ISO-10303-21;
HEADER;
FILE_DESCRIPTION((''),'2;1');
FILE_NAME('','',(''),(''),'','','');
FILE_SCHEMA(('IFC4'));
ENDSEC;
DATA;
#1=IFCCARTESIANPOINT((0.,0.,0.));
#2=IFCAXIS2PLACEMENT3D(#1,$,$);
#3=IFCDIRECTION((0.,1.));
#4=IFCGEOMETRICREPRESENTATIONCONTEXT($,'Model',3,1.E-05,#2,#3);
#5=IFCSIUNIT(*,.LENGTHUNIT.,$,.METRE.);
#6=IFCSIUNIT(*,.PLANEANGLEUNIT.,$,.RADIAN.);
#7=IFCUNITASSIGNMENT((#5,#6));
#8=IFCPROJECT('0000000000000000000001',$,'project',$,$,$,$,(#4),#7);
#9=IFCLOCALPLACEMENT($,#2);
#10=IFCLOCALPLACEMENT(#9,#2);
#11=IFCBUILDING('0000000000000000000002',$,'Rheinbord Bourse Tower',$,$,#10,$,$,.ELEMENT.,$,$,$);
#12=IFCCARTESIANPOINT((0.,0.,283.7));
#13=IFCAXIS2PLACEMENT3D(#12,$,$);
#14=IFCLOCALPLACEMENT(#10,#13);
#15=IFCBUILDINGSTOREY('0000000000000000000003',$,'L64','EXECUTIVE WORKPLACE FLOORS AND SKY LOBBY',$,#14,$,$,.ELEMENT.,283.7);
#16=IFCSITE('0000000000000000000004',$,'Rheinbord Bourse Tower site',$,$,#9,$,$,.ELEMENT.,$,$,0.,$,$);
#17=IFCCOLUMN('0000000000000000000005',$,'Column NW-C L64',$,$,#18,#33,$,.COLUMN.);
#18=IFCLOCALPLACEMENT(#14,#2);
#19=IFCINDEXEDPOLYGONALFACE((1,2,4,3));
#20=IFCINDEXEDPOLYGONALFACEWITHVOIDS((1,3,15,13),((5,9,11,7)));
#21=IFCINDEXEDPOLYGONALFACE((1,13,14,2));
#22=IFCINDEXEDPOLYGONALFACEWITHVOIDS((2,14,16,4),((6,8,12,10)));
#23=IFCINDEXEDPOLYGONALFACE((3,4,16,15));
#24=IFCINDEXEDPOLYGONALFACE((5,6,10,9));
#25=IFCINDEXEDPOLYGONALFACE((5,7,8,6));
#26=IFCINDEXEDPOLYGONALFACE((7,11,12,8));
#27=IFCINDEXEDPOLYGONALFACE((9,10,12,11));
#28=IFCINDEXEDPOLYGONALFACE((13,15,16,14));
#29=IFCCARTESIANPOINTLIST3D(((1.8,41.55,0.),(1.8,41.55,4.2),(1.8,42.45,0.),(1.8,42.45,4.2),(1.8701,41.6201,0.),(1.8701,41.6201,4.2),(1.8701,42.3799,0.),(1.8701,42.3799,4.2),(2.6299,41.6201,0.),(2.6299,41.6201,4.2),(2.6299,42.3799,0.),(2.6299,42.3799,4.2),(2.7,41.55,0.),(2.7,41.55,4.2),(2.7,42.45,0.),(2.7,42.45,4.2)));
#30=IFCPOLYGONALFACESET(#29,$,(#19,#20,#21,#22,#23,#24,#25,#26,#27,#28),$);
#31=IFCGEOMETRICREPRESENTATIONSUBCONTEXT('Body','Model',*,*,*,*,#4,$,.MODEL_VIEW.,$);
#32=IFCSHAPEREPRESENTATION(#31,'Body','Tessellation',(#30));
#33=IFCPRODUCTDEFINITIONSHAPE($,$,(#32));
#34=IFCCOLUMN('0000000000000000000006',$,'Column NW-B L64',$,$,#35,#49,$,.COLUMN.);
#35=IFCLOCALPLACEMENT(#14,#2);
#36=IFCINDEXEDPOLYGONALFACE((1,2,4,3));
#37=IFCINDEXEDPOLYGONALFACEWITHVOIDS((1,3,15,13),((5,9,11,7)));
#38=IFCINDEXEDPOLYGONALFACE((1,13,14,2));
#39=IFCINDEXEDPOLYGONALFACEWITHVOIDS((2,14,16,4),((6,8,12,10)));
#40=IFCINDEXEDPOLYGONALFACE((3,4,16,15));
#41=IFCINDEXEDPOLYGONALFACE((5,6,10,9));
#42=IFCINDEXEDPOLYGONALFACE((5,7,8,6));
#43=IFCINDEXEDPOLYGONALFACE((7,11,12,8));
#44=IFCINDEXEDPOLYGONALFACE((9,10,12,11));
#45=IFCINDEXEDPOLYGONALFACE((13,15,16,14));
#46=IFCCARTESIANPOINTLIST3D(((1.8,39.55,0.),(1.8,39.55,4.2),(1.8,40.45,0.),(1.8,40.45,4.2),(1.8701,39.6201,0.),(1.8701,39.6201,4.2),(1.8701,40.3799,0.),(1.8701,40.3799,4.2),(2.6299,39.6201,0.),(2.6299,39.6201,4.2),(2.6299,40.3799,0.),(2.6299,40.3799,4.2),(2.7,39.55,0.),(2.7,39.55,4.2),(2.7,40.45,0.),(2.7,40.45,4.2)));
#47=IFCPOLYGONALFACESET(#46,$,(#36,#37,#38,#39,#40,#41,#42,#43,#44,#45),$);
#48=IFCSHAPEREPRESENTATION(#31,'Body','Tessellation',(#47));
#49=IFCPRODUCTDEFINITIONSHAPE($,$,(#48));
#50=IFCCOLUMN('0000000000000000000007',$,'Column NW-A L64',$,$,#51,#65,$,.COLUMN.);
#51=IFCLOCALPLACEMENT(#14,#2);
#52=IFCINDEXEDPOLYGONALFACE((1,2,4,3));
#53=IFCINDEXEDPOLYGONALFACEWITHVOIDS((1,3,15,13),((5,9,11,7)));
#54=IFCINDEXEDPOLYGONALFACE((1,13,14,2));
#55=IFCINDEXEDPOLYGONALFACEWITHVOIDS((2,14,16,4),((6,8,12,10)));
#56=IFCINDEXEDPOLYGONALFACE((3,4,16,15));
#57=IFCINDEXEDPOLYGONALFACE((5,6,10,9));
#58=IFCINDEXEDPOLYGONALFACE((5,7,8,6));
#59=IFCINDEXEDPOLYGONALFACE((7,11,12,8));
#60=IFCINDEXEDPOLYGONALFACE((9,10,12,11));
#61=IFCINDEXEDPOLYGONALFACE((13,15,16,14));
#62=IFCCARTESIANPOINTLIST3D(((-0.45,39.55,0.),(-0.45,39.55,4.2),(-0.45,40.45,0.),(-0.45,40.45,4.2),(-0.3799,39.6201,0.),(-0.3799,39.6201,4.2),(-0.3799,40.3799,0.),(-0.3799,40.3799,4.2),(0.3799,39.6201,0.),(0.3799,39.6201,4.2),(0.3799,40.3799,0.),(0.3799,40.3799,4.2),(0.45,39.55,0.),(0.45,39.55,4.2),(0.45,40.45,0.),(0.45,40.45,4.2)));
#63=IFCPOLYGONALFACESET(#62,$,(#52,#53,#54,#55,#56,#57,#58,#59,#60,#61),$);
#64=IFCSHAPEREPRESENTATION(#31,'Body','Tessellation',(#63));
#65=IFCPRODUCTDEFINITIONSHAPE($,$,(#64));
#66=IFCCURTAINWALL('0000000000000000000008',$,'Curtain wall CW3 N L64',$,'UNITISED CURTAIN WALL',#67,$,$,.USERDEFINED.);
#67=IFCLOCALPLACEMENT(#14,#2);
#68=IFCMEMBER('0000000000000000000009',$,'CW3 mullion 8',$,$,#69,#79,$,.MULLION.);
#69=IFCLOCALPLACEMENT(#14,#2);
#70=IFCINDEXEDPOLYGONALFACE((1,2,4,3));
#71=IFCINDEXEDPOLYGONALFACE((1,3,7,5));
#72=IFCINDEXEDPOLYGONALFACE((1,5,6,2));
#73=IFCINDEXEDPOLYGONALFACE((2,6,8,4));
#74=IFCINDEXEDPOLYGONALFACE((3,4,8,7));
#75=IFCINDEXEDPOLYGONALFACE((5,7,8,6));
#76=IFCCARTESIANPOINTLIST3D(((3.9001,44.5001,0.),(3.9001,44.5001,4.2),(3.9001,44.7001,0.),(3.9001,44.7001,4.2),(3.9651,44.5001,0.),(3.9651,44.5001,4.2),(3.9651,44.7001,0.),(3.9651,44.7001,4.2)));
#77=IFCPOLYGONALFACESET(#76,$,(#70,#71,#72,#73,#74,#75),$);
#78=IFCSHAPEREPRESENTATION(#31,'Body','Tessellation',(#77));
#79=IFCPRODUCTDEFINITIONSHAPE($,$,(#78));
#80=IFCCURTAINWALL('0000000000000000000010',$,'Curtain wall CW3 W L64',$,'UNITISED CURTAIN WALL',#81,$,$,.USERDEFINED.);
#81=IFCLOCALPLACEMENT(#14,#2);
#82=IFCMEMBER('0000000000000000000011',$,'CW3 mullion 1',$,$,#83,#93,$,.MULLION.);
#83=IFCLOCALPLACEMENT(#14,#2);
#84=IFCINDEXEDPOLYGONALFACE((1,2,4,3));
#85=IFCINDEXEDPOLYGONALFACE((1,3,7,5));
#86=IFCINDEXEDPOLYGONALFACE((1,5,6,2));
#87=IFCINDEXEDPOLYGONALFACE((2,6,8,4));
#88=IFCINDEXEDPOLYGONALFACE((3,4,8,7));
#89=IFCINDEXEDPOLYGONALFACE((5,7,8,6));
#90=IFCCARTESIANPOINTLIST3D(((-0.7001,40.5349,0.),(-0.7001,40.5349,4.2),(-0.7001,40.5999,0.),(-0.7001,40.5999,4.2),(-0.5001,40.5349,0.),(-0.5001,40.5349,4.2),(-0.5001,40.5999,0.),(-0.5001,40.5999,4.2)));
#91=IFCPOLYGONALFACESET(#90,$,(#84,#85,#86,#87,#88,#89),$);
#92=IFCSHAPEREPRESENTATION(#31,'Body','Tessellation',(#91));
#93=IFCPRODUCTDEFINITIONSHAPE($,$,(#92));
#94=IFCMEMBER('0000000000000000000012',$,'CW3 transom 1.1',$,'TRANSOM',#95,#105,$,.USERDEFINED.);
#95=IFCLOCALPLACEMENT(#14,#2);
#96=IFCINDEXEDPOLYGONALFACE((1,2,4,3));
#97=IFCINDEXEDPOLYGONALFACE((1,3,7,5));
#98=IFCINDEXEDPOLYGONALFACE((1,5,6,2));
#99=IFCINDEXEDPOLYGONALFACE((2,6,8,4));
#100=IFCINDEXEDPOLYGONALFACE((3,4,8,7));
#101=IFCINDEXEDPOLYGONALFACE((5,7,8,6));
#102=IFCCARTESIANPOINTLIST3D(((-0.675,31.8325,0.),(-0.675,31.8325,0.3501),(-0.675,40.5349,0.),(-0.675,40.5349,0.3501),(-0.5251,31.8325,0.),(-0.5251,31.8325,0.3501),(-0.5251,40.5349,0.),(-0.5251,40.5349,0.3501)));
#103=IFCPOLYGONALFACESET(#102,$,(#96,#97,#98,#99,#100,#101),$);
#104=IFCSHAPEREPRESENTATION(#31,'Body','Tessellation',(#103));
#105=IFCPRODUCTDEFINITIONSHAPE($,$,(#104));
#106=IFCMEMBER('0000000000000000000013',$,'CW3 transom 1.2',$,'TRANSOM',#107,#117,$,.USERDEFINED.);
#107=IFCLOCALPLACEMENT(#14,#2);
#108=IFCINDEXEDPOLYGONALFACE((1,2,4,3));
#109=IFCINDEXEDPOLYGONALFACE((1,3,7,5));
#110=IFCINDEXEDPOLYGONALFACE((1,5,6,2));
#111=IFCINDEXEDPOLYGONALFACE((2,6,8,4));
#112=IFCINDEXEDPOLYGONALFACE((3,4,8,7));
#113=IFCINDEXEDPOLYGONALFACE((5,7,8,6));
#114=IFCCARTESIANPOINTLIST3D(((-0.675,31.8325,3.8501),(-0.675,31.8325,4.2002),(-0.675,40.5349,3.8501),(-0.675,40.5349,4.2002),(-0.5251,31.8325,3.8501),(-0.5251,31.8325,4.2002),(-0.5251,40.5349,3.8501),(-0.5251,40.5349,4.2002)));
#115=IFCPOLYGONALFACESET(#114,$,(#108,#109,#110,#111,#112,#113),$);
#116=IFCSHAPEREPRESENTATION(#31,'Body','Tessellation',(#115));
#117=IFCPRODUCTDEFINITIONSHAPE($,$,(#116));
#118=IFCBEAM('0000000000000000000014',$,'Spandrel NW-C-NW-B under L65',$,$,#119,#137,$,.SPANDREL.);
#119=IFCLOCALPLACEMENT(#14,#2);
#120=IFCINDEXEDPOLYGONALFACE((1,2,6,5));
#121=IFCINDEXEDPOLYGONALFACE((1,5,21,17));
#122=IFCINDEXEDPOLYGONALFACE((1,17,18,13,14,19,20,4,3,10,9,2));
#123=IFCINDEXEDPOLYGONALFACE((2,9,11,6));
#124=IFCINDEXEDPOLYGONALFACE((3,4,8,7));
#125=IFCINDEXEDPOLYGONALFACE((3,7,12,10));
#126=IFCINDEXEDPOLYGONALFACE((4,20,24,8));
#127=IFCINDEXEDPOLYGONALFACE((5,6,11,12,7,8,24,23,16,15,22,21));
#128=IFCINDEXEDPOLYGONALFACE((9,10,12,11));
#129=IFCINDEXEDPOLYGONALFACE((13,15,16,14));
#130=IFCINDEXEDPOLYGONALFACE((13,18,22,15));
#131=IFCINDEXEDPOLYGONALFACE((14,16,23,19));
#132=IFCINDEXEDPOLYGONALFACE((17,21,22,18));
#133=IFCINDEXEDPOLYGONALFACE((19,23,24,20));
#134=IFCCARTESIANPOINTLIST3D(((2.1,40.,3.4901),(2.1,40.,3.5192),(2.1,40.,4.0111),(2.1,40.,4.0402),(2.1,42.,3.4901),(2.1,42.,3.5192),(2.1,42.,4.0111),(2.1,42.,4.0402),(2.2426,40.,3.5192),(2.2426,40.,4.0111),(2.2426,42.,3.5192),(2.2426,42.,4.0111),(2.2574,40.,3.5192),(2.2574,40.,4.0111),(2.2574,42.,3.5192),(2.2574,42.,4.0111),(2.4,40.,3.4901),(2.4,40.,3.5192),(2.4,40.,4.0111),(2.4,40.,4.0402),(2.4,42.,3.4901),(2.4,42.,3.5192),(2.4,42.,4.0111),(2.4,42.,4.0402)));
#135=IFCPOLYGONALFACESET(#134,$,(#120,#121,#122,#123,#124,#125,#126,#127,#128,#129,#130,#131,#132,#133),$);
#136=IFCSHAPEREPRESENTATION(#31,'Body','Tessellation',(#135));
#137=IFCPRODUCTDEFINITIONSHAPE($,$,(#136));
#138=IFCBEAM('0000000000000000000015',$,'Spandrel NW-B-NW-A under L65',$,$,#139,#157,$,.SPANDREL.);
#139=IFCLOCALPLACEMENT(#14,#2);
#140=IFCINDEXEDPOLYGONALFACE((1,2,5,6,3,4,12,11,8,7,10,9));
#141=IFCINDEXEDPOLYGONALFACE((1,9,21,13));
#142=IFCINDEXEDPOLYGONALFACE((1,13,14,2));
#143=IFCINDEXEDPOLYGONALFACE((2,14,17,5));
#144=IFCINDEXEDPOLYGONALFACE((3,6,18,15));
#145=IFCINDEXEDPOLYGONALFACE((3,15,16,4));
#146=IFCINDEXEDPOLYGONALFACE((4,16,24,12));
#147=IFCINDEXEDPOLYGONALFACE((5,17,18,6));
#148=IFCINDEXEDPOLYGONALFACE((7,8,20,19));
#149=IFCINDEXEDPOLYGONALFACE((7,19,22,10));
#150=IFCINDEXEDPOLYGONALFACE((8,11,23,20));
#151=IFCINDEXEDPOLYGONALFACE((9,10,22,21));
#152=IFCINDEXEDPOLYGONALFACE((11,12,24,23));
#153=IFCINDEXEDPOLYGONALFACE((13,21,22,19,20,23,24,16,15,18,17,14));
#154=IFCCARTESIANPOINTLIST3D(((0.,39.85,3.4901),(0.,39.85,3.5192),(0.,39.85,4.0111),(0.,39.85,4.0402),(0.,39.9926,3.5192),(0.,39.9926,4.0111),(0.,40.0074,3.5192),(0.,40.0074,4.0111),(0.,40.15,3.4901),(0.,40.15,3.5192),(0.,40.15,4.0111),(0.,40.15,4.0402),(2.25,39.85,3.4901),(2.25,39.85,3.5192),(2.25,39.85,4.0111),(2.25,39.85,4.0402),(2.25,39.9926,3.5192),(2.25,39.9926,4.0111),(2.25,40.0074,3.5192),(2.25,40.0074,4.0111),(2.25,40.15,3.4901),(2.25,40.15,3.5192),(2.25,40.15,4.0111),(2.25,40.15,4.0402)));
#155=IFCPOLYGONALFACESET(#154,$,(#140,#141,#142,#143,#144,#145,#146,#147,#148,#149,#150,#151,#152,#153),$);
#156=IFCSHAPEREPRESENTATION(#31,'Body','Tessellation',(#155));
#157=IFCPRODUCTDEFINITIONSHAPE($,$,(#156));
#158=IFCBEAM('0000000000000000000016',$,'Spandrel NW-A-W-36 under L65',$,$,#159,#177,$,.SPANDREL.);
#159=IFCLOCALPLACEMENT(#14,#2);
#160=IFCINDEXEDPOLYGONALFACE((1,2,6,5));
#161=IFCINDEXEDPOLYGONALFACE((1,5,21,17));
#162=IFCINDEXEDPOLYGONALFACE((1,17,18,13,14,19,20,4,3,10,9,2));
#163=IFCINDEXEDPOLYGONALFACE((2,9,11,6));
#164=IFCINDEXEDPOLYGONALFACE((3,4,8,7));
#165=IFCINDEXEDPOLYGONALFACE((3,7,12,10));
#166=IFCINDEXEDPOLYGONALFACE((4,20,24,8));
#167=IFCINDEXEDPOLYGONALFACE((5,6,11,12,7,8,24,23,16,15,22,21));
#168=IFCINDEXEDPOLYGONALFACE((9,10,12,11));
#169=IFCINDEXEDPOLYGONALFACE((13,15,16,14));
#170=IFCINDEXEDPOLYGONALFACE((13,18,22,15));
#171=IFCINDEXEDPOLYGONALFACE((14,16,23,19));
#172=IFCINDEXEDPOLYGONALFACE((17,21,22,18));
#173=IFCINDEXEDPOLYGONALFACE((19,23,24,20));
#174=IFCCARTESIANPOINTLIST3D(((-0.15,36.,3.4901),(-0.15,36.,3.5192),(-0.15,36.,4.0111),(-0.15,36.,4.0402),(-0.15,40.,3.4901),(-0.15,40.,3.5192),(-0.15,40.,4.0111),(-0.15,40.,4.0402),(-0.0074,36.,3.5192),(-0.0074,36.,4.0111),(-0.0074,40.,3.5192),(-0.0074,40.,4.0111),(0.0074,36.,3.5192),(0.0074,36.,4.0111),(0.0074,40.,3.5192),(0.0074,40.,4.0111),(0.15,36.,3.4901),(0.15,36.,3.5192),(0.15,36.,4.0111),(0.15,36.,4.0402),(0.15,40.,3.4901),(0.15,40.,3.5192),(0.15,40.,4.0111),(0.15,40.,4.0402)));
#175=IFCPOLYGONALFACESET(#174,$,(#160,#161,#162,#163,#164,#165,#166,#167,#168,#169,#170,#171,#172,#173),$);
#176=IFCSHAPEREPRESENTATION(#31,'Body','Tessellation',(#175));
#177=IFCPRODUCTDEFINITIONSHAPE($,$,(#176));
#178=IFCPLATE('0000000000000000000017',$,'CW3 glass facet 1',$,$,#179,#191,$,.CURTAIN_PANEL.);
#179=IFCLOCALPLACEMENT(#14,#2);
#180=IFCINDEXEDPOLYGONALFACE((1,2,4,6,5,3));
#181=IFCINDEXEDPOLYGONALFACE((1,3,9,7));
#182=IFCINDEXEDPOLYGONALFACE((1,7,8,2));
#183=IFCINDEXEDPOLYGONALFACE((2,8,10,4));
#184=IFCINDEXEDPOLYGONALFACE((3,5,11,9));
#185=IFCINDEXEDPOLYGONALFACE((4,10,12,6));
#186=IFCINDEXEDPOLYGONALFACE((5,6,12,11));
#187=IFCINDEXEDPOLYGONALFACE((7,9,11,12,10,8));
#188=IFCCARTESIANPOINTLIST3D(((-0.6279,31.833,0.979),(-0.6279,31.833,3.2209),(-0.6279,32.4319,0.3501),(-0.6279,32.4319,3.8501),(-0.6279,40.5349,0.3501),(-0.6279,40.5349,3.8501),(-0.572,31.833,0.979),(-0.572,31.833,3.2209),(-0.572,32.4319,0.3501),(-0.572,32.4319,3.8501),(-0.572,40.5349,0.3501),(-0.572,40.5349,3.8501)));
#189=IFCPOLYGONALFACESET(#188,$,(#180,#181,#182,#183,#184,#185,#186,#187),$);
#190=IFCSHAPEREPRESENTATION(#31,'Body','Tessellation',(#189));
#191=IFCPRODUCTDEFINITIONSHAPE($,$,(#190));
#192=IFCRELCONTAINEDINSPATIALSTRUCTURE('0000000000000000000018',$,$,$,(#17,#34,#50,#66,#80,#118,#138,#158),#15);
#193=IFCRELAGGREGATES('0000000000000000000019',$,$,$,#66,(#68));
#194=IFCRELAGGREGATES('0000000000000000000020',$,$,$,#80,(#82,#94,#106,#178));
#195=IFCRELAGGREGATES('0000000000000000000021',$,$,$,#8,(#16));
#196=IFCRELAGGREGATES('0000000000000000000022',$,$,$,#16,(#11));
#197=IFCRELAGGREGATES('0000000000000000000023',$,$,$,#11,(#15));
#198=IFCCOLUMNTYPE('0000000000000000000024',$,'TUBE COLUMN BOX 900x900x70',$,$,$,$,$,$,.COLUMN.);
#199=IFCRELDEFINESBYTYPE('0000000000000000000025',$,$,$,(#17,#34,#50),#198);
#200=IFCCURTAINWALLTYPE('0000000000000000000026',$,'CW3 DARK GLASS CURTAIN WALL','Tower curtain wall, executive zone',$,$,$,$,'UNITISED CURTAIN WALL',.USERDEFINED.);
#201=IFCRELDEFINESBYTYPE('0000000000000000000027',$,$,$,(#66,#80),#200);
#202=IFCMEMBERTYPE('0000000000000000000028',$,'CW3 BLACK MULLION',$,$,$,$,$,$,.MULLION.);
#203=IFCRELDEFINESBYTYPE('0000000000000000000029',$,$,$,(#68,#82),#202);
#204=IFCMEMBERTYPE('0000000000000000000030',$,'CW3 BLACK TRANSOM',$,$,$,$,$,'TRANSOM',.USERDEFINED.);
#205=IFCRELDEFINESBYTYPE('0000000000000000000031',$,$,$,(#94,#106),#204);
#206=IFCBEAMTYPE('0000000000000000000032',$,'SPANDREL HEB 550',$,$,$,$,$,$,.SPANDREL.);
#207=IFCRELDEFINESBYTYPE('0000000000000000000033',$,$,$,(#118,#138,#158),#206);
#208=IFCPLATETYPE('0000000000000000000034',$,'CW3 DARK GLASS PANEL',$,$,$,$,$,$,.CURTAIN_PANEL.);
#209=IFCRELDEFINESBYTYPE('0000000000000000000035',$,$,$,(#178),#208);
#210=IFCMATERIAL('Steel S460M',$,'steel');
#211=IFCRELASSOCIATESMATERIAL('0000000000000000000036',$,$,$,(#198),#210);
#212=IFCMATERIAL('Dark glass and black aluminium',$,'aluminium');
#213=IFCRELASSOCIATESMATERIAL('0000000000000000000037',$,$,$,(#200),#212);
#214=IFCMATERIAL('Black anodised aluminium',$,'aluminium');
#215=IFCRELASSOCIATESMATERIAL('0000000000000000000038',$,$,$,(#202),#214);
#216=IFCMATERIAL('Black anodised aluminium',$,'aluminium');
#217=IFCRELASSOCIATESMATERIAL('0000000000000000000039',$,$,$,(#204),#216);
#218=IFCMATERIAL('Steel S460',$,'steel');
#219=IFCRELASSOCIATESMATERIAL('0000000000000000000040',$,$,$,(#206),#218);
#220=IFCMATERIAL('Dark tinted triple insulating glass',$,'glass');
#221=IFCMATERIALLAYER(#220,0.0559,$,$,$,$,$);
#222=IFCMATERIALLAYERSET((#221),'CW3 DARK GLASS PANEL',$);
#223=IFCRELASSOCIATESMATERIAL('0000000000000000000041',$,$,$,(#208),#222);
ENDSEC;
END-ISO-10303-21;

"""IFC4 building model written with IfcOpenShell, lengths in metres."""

from ifc_helpers import new_model, si_unit, direction, frame, origin, origin_2d, place, context, subcontext, project, spatial, polyline, rectangle, hollow_rectangle, i_section, outline, extrude, material, layer, layer_set, material_profile, profile_set, type_object, element, aggregate, save


model = new_model("IFC4")

# Units and contexts
model_context = context("Model", 3, precision=1e-05, world=origin(), true_north=direction((0.0, 1.0)))
body_context = subcontext(model_context, "Body", "Model", "MODEL_VIEW")
ifc_project = project(units=[si_unit("LENGTHUNIT", "METRE"), si_unit("PLANEANGLEUNIT", "RADIAN")], contexts=[model_context])

# Site, building, storey
site_placement = place(None, origin())
site = spatial("IfcSite", under=ifc_project, at=site_placement, Name="Rheinbord Bourse Tower site", CompositionType="ELEMENT", RefElevation=0.0)
building_placement = place(site_placement, origin())
building = spatial("IfcBuilding", under=site, at=building_placement, Name="Rheinbord Bourse Tower", CompositionType="ELEMENT")
storey_placement = place(building_placement, frame((0.0, 0.0, 283.7)))
storey = spatial("IfcBuildingStorey", under=building, at=storey_placement, Name="L64", Description="EXECUTIVE WORKPLACE FLOORS AND SKY LOBBY", CompositionType="ELEMENT", Elevation=283.7)

# Columns
ifc_material_1 = material(Name="Steel S460M", Category="steel")
ifc_material_profile_1 = material_profile(ifc_material_1, hollow_rectangle(XDim=0.8999, YDim=0.8999, WallThickness=0.0701, at=origin_2d()), Name="BOX 900x900x70")
ifc_profile_set_1 = profile_set([ifc_material_profile_1], Name="Steel S460M")
column_type = type_object("IfcColumnType", Name="TUBE COLUMN BOX 900x900x70", PredefinedType="COLUMN", material=ifc_profile_set_1)
for number, where, z_axis, x_axis, name in (
    (1, (2.25, 42.0, 0.0), (0.0, 0.0, 1.0), (1.0, 0.0, 0.0), "Column NW-C L64"),
    (2, (2.25, 40.0, 0.0), (0.0, 0.0, 1.0), (1.0, 0.0, 0.0), "Column NW-B L64"),
    (3, (0.0, 40.0, 0.0), (0.0, 0.0, 1.0), (1.0, 0.0, 0.0), "Column NW-A L64"),
):
    element("IfcColumn", number, at=place(storey_placement, frame(where, z_axis=z_axis, x_axis=x_axis)), inside=storey, type_object=column_type, Name=name, PredefinedType="COLUMN", context=body_context, shape_type="SweptSolid", body=[
        extrude(hollow_rectangle(XDim=0.8999, YDim=0.8999, WallThickness=0.0701, at=origin_2d()), origin(), (0.0, 0.0, 1.0), 4.2),
    ])

# Curtain wall, member
ifc_material_2 = material(Name="Dark glass and black aluminium", Category="aluminium")
curtain_wall_type = type_object("IfcCurtainWallType", Name="CW3 DARK GLASS CURTAIN WALL", Description="Tower curtain wall, executive zone", ElementType="UNITISED CURTAIN WALL", PredefinedType="USERDEFINED", material=ifc_material_2)
curtain_wall_1_placement = place(storey_placement, origin())
curtain_wall_1 = element("IfcCurtainWall", 4, at=curtain_wall_1_placement, inside=storey, type_object=curtain_wall_type, Name="Curtain wall CW3 N L64", ObjectType="UNITISED CURTAIN WALL", PredefinedType="USERDEFINED")
ifc_material_3 = material(Name="Black anodised aluminium", Category="aluminium")
ifc_material_profile_2 = material_profile(ifc_material_3, rectangle(XDim=0.2, YDim=0.0649, at=origin_2d()), Name="CW3 MULLION 65x200")
ifc_profile_set_2 = profile_set([ifc_material_profile_2], Name="Black anodised aluminium")
member_type_1 = type_object("IfcMemberType", Name="CW3 BLACK MULLION", PredefinedType="MULLION", material=ifc_profile_set_2)
member_1_placement = place(storey_placement, frame((3.9326, 44.6001, 0.0), z_axis=(0.0, 0.0, 1.0), x_axis=(0.0, -1.0, 0.0)))
member_1 = element("IfcMember", 5, at=member_1_placement, type_object=member_type_1, Name="CW3 mullion 8", PredefinedType="MULLION", context=body_context, shape_type="SweptSolid", body=[
    extrude(rectangle(XDim=0.2, YDim=0.0649, at=origin_2d()), origin(), (0.0, 0.0, 1.0), 4.2),
])
aggregate(curtain_wall_1, [member_1])

# Curtain wall, members
curtain_wall_2_placement = place(storey_placement, origin())
curtain_wall_2 = element("IfcCurtainWall", 6, at=curtain_wall_2_placement, inside=storey, type_object=curtain_wall_type, Name="Curtain wall CW3 W L64", ObjectType="UNITISED CURTAIN WALL", PredefinedType="USERDEFINED")
member_2_placement = place(storey_placement, frame((-0.6001, 40.5674, 0.0), z_axis=(0.0, 0.0, 1.0), x_axis=(1.0, 0.0, 0.0)))
member_2 = element("IfcMember", 7, at=member_2_placement, type_object=member_type_1, Name="CW3 mullion 1", PredefinedType="MULLION", context=body_context, shape_type="SweptSolid", body=[
    extrude(rectangle(XDim=0.2, YDim=0.0649, at=origin_2d()), origin(), (0.0, 0.0, 1.0), 4.2),
])
ifc_material_4 = material(Name="Black anodised aluminium", Category="aluminium")
ifc_material_profile_3 = material_profile(ifc_material_4, rectangle(XDim=0.1499, YDim=0.3501, at=origin_2d()), Name="CW3 TRANSOM 350x150")
ifc_profile_set_3 = profile_set([ifc_material_profile_3], Name="Black anodised aluminium")
member_type_2 = type_object("IfcMemberType", Name="CW3 BLACK TRANSOM", ElementType="TRANSOM", PredefinedType="USERDEFINED", material=ifc_profile_set_3)
member_3_placement = place(storey_placement, frame((-0.6001, 40.5349, 0.175), z_axis=(0.0, -1.0, 0.0), x_axis=(1.0, 0.0, 0.0)))
member_3 = element("IfcMember", 8, at=member_3_placement, type_object=member_type_2, Name="CW3 transom 1.1", ObjectType="TRANSOM", PredefinedType="USERDEFINED", context=body_context, shape_type="SweptSolid", body=[
    extrude(rectangle(XDim=0.1499, YDim=0.3501, at=origin_2d()), origin(), (0.0, 0.0, 1.0), 8.7024),
])
member_4_placement = place(storey_placement, frame((-0.6001, 40.5349, 4.0251), z_axis=(0.0, -1.0, 0.0), x_axis=(1.0, 0.0, 0.0)))
member_4 = element("IfcMember", 9, at=member_4_placement, type_object=member_type_2, Name="CW3 transom 1.2", ObjectType="TRANSOM", PredefinedType="USERDEFINED", context=body_context, shape_type="SweptSolid", body=[
    extrude(rectangle(XDim=0.1499, YDim=0.3501, at=origin_2d()), origin(), (0.0, 0.0, 1.0), 8.7024),
])

# Beams
ifc_material_5 = material(Name="Steel S460", Category="steel")
ifc_material_profile_4 = material_profile(ifc_material_5, i_section(OverallWidth=0.3, OverallDepth=0.55, WebThickness=0.0149, FlangeThickness=0.0291, at=origin_2d()), Name="HEB 550")
ifc_profile_set_4 = profile_set([ifc_material_profile_4], Name="Steel S460")
beam_type = type_object("IfcBeamType", Name="SPANDREL HEB 550", PredefinedType="SPANDREL", material=ifc_profile_set_4)
beam_1_placement = place(storey_placement, frame((2.25, 42.0, 3.7651), z_axis=(0.0, -1.0, 0.0), x_axis=(1.0, 0.0, 0.0)))
element("IfcBeam", 10, at=beam_1_placement, inside=storey, type_object=beam_type, Name="Spandrel NW-C-NW-B under L65", PredefinedType="SPANDREL", context=body_context, shape_type="SweptSolid", body=[
    extrude(i_section(OverallWidth=0.3, OverallDepth=0.55, WebThickness=0.0149, FlangeThickness=0.0291, at=origin_2d()), origin(), (0.0, 0.0, 1.0), 2.0),
])
beam_2_placement = place(storey_placement, frame((2.25, 40.0, 3.7651), z_axis=(-1.0, 0.0, 0.0), x_axis=(0.0, -1.0, 0.0)))
element("IfcBeam", 11, at=beam_2_placement, inside=storey, type_object=beam_type, Name="Spandrel NW-B-NW-A under L65", PredefinedType="SPANDREL", context=body_context, shape_type="SweptSolid", body=[
    extrude(i_section(OverallWidth=0.3, OverallDepth=0.55, WebThickness=0.0149, FlangeThickness=0.0291, at=origin_2d()), origin(), (0.0, 0.0, 1.0), 2.25),
])
beam_3_placement = place(storey_placement, frame((0.0, 40.0, 3.7651), z_axis=(0.0, -1.0, 0.0), x_axis=(1.0, 0.0, 0.0)))
element("IfcBeam", 12, at=beam_3_placement, inside=storey, type_object=beam_type, Name="Spandrel NW-A-W-36 under L65", PredefinedType="SPANDREL", context=body_context, shape_type="SweptSolid", body=[
    extrude(i_section(OverallWidth=0.3, OverallDepth=0.55, WebThickness=0.0149, FlangeThickness=0.0291, at=origin_2d()), origin(), (0.0, 0.0, 1.0), 4.0),
])

# Plate
ifc_material_6 = material(Name="Dark tinted triple insulating glass", Category="glass")
ifc_layer_1 = layer(ifc_material_6, 0.0559)
ifc_layer_set_1 = layer_set([ifc_layer_1], Name="CW3 DARK GLASS PANEL")
plate_type = type_object("IfcPlateType", Name="CW3 DARK GLASS PANEL", PredefinedType="CURTAIN_PANEL", material=ifc_layer_set_1)
plate_placement = place(storey_placement, frame((-0.6279, 40.5349, 0.3501), z_axis=(1.0, 0.0, 0.0), x_axis=(0.0, 0.0, 1.0)))
plate = element("IfcPlate", 13, at=plate_placement, type_object=plate_type, Name="CW3 glass facet 1", PredefinedType="CURTAIN_PANEL", context=body_context, shape_type="SweptSolid", body=[
    extrude(outline(polyline([(0.0, 0.0), (3.5, 0.0), (3.5, 8.103), (2.8708, 8.7019), (0.6289, 8.7019), (0.0, 8.103), (0.0, 0.0)])), origin(), (0.0, 0.0, 1.0), 0.0559),
])
aggregate(curtain_wall_2, [member_2, member_3, member_4, plate])

save(model, "model.ifc")
